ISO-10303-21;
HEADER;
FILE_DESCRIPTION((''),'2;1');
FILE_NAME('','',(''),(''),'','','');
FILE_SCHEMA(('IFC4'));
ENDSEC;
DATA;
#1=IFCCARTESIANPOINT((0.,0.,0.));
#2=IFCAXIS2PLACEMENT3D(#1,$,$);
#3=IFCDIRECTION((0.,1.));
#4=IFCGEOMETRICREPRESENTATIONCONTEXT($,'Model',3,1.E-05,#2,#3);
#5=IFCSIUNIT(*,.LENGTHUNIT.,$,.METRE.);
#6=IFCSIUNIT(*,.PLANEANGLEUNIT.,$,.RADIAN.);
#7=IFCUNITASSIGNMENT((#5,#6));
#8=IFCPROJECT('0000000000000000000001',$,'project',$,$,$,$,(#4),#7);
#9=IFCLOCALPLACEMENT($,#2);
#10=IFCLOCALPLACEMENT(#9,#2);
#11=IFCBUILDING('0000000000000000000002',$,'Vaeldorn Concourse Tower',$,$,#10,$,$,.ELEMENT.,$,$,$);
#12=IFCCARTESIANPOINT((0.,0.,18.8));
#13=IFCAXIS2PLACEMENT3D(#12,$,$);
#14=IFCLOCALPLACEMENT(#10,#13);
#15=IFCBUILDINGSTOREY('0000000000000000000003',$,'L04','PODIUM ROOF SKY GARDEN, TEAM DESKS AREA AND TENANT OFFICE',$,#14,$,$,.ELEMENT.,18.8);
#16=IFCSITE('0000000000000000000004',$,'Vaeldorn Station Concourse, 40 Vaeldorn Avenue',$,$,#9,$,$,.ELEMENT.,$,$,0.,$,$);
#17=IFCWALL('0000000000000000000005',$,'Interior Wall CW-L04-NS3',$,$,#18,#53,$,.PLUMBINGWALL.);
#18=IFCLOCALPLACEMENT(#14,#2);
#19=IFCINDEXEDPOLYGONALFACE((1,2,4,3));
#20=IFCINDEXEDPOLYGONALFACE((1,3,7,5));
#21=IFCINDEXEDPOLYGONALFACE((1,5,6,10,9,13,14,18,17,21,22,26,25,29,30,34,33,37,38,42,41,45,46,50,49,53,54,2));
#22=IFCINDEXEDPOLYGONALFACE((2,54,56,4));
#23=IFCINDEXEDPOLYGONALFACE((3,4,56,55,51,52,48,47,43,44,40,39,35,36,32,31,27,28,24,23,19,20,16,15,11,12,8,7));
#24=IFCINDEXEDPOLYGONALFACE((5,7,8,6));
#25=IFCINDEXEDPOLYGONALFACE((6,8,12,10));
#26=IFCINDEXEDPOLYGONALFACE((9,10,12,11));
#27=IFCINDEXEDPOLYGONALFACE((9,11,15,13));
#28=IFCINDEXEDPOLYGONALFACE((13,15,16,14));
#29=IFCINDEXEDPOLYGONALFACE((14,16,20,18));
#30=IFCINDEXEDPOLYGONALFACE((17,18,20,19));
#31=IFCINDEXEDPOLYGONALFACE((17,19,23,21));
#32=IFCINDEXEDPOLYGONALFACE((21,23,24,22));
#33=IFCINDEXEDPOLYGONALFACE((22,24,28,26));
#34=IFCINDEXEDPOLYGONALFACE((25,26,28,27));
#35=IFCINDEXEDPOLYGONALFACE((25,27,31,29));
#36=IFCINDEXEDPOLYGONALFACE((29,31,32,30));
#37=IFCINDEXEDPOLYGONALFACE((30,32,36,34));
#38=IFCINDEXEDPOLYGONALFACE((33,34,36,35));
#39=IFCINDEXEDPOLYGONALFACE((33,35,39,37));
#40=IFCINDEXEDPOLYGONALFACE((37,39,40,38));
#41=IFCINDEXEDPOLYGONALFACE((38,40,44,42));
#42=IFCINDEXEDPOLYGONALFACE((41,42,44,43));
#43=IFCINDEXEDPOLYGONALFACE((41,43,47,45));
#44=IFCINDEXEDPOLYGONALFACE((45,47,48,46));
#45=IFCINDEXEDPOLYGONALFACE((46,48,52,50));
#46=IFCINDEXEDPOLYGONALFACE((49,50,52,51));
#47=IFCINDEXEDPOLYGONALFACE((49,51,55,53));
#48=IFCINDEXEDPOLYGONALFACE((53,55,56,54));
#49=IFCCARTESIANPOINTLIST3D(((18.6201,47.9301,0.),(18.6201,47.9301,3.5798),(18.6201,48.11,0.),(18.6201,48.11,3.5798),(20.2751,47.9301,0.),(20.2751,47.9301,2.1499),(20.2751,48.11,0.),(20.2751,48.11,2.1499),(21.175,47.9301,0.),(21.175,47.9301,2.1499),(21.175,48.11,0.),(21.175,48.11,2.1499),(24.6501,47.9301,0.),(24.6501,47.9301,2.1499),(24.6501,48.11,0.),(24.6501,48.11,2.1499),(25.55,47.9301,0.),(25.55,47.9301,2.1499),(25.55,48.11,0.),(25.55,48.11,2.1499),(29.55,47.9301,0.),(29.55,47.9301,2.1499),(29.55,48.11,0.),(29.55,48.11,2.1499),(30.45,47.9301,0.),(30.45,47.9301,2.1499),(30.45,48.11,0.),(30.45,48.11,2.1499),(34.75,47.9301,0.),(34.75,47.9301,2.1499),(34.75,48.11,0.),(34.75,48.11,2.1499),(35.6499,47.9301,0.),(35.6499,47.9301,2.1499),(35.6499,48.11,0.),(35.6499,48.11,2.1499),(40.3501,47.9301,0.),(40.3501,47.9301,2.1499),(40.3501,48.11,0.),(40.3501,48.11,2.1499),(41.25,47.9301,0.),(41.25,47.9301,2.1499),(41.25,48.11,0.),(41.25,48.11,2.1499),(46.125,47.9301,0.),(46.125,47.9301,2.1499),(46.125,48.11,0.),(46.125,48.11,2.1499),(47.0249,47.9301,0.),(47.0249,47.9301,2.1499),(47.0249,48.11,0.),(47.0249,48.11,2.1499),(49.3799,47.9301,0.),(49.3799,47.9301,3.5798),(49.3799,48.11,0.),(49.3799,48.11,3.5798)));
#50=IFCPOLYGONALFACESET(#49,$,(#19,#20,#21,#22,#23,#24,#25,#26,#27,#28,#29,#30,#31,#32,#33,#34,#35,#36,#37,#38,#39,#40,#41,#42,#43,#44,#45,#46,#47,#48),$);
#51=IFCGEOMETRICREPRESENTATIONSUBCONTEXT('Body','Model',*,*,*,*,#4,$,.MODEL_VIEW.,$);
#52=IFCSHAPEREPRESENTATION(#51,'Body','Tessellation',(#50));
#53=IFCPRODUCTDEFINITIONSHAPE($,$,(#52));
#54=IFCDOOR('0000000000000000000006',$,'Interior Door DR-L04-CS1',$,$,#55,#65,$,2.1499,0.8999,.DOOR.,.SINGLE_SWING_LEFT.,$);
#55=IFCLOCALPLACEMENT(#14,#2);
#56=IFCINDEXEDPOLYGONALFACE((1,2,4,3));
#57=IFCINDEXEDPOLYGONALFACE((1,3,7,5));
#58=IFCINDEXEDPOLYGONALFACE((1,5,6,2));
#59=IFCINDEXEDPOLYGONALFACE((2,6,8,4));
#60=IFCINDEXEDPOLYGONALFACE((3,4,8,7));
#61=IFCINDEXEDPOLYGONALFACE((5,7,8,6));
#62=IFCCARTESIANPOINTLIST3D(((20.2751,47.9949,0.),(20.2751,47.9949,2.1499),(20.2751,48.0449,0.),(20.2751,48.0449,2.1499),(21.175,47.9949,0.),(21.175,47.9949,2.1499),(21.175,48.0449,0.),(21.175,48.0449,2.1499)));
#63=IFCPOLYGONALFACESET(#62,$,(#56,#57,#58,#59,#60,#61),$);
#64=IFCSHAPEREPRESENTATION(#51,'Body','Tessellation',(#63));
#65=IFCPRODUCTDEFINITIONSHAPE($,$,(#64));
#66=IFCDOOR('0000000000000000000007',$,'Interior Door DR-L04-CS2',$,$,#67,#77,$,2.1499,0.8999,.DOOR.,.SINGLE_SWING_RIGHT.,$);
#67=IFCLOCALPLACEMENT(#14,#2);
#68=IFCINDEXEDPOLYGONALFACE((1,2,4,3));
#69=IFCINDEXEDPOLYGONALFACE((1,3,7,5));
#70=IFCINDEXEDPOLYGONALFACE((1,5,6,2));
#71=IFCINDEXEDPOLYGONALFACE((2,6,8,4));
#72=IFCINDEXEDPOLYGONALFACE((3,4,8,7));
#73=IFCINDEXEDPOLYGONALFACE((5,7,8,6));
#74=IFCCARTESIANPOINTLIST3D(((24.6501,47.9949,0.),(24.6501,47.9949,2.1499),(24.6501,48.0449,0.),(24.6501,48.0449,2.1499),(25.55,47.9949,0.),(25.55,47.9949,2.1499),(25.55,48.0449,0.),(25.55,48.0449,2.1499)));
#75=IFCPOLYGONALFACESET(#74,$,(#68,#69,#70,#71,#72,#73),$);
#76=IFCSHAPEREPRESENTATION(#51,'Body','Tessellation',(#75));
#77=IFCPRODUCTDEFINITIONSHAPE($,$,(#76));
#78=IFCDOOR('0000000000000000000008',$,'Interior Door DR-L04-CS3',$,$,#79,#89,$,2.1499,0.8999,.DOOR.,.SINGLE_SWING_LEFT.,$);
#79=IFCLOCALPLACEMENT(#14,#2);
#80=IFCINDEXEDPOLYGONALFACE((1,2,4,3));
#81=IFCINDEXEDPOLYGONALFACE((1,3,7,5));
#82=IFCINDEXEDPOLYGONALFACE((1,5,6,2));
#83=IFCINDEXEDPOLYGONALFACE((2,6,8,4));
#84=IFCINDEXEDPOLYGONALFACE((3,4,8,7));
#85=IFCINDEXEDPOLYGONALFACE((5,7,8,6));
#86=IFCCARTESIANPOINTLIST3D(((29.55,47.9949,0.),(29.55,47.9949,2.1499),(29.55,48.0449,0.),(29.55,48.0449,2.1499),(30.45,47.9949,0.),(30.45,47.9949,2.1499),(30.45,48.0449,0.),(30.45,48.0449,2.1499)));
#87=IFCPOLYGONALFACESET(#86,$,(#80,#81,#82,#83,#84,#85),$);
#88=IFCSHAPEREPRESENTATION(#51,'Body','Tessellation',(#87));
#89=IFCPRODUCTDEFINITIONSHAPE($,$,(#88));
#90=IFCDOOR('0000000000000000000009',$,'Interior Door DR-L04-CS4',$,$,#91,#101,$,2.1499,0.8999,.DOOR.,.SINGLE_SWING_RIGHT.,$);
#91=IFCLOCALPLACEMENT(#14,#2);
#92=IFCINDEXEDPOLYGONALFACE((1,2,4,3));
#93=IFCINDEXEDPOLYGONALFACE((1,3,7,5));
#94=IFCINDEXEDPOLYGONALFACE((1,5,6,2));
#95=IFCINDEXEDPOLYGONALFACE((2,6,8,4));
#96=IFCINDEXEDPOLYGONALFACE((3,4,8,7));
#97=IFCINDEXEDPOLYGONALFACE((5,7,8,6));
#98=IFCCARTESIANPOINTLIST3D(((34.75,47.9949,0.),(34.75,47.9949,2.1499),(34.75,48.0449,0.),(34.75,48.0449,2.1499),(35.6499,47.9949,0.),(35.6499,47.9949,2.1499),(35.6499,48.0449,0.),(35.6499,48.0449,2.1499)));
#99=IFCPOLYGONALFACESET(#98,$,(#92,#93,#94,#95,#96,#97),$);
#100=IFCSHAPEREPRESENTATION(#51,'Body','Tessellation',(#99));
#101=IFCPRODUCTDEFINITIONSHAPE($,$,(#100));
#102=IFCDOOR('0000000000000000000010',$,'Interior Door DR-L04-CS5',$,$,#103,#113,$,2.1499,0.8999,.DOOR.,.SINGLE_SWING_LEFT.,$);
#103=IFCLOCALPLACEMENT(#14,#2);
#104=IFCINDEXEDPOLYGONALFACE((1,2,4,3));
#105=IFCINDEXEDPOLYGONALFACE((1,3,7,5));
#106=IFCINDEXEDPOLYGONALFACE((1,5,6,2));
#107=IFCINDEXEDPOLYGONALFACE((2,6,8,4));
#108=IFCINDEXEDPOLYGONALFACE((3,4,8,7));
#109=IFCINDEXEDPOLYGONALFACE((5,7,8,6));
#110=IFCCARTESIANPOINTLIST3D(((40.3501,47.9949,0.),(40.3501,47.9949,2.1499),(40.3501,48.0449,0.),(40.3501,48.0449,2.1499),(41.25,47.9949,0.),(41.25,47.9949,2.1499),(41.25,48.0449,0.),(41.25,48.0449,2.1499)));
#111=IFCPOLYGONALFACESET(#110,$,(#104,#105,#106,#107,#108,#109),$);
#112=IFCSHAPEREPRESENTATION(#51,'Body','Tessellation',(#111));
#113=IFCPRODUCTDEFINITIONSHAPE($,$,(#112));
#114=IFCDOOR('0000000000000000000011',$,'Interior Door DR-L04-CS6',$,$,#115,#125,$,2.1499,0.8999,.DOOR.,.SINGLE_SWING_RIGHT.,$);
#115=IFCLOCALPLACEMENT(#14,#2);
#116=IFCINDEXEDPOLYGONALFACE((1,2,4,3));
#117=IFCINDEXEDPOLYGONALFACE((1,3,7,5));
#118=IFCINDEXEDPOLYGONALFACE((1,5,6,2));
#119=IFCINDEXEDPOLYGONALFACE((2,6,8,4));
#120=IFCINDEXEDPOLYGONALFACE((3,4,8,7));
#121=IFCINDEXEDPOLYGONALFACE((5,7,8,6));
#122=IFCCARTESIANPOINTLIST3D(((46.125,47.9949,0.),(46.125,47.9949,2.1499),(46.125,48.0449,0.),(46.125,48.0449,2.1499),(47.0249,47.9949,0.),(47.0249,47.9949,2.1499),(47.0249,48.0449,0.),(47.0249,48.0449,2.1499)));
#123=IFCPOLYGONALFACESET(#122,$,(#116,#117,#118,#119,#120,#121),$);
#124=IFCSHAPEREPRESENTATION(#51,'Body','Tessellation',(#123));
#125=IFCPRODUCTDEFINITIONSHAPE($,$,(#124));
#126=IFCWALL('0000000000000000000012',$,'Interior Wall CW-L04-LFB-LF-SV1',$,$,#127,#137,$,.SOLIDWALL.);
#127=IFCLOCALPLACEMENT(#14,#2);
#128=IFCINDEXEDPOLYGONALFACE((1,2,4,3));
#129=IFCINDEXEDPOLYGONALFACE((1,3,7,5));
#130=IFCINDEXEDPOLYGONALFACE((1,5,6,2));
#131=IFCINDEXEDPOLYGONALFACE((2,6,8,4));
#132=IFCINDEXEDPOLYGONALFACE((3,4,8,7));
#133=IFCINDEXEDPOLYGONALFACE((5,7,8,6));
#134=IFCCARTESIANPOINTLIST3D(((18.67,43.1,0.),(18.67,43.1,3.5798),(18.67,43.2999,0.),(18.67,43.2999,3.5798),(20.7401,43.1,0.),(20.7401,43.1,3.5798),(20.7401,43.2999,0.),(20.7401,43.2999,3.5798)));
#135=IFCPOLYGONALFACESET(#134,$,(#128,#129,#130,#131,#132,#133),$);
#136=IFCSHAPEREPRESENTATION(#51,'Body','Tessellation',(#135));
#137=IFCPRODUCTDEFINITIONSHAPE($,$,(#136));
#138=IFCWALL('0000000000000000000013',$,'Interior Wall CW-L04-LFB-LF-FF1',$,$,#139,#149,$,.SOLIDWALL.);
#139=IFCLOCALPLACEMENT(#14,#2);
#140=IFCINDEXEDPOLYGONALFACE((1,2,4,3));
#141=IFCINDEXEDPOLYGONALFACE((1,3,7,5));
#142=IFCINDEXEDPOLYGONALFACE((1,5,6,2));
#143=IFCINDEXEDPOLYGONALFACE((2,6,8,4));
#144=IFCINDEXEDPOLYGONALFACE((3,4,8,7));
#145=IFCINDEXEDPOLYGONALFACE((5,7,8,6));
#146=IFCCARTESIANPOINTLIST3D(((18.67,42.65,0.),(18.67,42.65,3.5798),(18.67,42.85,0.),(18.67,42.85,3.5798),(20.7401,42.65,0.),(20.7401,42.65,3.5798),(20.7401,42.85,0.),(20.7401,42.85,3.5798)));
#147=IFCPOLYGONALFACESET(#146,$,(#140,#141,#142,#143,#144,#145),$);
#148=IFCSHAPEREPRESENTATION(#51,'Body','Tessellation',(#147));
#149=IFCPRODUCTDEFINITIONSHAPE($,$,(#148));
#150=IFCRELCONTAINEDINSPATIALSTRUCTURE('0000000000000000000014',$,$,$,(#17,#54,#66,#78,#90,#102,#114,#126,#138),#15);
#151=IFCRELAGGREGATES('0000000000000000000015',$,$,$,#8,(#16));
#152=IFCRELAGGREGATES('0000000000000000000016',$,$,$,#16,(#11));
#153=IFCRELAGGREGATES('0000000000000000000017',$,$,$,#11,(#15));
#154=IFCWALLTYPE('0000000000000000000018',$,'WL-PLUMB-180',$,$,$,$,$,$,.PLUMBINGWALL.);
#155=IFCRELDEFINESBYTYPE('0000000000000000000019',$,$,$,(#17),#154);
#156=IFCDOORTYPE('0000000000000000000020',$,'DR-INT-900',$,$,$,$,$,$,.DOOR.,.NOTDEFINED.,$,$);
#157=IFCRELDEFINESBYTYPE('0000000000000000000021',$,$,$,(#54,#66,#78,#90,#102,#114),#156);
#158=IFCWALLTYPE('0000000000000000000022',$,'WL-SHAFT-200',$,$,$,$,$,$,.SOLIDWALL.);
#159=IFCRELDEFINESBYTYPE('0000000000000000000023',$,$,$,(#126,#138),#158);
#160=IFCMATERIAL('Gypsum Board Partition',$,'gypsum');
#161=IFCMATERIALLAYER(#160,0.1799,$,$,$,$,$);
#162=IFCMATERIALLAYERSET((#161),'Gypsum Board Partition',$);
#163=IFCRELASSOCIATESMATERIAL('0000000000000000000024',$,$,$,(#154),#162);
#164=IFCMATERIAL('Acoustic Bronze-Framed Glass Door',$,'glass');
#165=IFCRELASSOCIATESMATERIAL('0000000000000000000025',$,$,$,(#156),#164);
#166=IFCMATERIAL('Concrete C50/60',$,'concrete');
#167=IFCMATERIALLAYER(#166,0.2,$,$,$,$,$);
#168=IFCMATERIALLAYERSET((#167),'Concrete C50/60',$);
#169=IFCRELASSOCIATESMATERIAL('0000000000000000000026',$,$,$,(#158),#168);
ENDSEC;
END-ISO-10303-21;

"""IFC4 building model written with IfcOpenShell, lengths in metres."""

from ifc_helpers import new_model, si_unit, direction, frame, frame_2d, origin, place, context, subcontext, project, spatial, rectangle, extrude, source, transform, mapped, material, layer, layer_set, type_object, element, fill, save


model = new_model("IFC4")

# Units and contexts
model_context = context("Model", 3, precision=1e-05, world=origin(), true_north=direction((0.0, 1.0)))
body_context = subcontext(model_context, "Body", "Model", "MODEL_VIEW")
ifc_project = project(units=[si_unit("LENGTHUNIT", "METRE"), si_unit("PLANEANGLEUNIT", "RADIAN")], contexts=[model_context])

# Site, building, storey
site_placement = place(None, origin())
site = spatial("IfcSite", under=ifc_project, at=site_placement, Name="Vaeldorn Station Concourse, 40 Vaeldorn Avenue", CompositionType="ELEMENT", RefElevation=0.0)
building_placement = place(site_placement, origin())
building = spatial("IfcBuilding", under=site, at=building_placement, Name="Vaeldorn Concourse Tower", CompositionType="ELEMENT")
storey_placement = place(building_placement, frame((0.0, 0.0, 18.8)))
storey = spatial("IfcBuildingStorey", under=building, at=storey_placement, Name="L04", Description="PODIUM ROOF SKY GARDEN, TEAM DESKS AREA AND TENANT OFFICE", CompositionType="ELEMENT", Elevation=18.8)

# Wall, openings, doors
ifc_material_1 = material(Name="Gypsum Board Partition", Category="gypsum")
ifc_layer_1 = layer(ifc_material_1, 0.1799)
ifc_layer_set_1 = layer_set([ifc_layer_1], Name="Gypsum Board Partition")
wall_type_1 = type_object("IfcWallType", Name="WL-PLUMB-180", PredefinedType="PLUMBINGWALL", material=ifc_layer_set_1)
wall_1_placement = place(storey_placement, frame((18.6201, 48.02, 0.0), z_axis=(0.0, 0.0, 1.0), x_axis=(1.0, 0.0, 0.0)))
wall_1 = element("IfcWall", 1, at=wall_1_placement, inside=storey, type_object=wall_type_1, Name="Interior Wall CW-L04-NS3", PredefinedType="PLUMBINGWALL", context=body_context, shape_type="SweptSolid", body=[
    extrude(rectangle(XDim=30.7598, YDim=0.1799, at=frame_2d((15.3799, 0.0))), origin(), (0.0, 0.0, 1.0), 3.5798),
])
opening_1_placement = place(wall_1_placement, frame((1.655, 0.0, 0.0)))
opening_1 = element("IfcOpeningElement", 2, at=opening_1_placement, cuts=wall_1, PredefinedType="OPENING", context=body_context, shape_type="SweptSolid", body=[
    extrude(rectangle(XDim=0.8999, YDim=2.1499, at=frame_2d((0.45, 1.075))), frame((0.0, 0.1001, 0.0), z_axis=(0.0, -1.0, 0.0), x_axis=(1.0, 0.0, 0.0)), (0.0, 0.0, 1.0), 0.2),
])
opening_2_placement = place(wall_1_placement, frame((6.03, 0.0, 0.0)))
opening_2 = element("IfcOpeningElement", 3, at=opening_2_placement, cuts=wall_1, PredefinedType="OPENING", context=body_context, shape_type="SweptSolid", body=[
    extrude(rectangle(XDim=0.8999, YDim=2.1499, at=frame_2d((0.45, 1.075))), frame((0.0, 0.1001, 0.0), z_axis=(0.0, -1.0, 0.0), x_axis=(1.0, 0.0, 0.0)), (0.0, 0.0, 1.0), 0.2),
])
opening_3_placement = place(wall_1_placement, frame((10.9299, 0.0, 0.0)))
opening_3 = element("IfcOpeningElement", 4, at=opening_3_placement, cuts=wall_1, PredefinedType="OPENING", context=body_context, shape_type="SweptSolid", body=[
    extrude(rectangle(XDim=0.8999, YDim=2.1499, at=frame_2d((0.45, 1.075))), frame((0.0, 0.1001, 0.0), z_axis=(0.0, -1.0, 0.0), x_axis=(1.0, 0.0, 0.0)), (0.0, 0.0, 1.0), 0.2),
])
opening_4_placement = place(wall_1_placement, frame((16.1299, 0.0, 0.0)))
opening_4 = element("IfcOpeningElement", 5, at=opening_4_placement, cuts=wall_1, PredefinedType="OPENING", context=body_context, shape_type="SweptSolid", body=[
    extrude(rectangle(XDim=0.8999, YDim=2.1499, at=frame_2d((0.45, 1.075))), frame((0.0, 0.1001, 0.0), z_axis=(0.0, -1.0, 0.0), x_axis=(1.0, 0.0, 0.0)), (0.0, 0.0, 1.0), 0.2),
])
opening_5_placement = place(wall_1_placement, frame((21.73, 0.0, 0.0)))
opening_5 = element("IfcOpeningElement", 6, at=opening_5_placement, cuts=wall_1, PredefinedType="OPENING", context=body_context, shape_type="SweptSolid", body=[
    extrude(rectangle(XDim=0.8999, YDim=2.1499, at=frame_2d((0.45, 1.075))), frame((0.0, 0.1001, 0.0), z_axis=(0.0, -1.0, 0.0), x_axis=(1.0, 0.0, 0.0)), (0.0, 0.0, 1.0), 0.2),
])
opening_6_placement = place(wall_1_placement, frame((27.5049, 0.0, 0.0)))
opening_6 = element("IfcOpeningElement", 7, at=opening_6_placement, cuts=wall_1, PredefinedType="OPENING", context=body_context, shape_type="SweptSolid", body=[
    extrude(rectangle(XDim=0.8999, YDim=2.1499, at=frame_2d((0.45, 1.075))), frame((0.0, 0.1001, 0.0), z_axis=(0.0, -1.0, 0.0), x_axis=(1.0, 0.0, 0.0)), (0.0, 0.0, 1.0), 0.2),
])
ifc_material_2 = material(Name="Acoustic Bronze-Framed Glass Door", Category="glass")
door_type_1 = type_object("IfcDoorType", Name="DR-INT-900", OperationType="NOTDEFINED", PredefinedType="DOOR", material=ifc_material_2)
shared_shape_1 = source(origin(), body_context, "Body", "SweptSolid", [
    extrude(rectangle(XDim=0.8999, YDim=2.1499, at=frame_2d((0.45, 1.075))), frame((0.0, 0.0249, 0.0), z_axis=(0.0, -1.0, 0.0), x_axis=(1.0, 0.0, 0.0)), (0.0, 0.0, 1.0), 0.05),
])
door_1_placement = place(opening_1_placement, origin())
door_1 = element("IfcDoor", 8, at=door_1_placement, inside=storey, type_object=door_type_1, Name="Interior Door DR-L04-CS1", OperationType="SINGLE_SWING_LEFT", OverallHeight=2.1499, OverallWidth=0.8999, PredefinedType="DOOR", context=body_context, shape_type="MappedRepresentation", body=[
    mapped(shared_shape_1, transform((0.0, 0.0, 0.0), scale=1.0)),
])
fill(opening_1, door_1)
door_2_placement = place(opening_2_placement, origin())
door_2 = element("IfcDoor", 9, at=door_2_placement, inside=storey, type_object=door_type_1, Name="Interior Door DR-L04-CS2", OperationType="SINGLE_SWING_RIGHT", OverallHeight=2.1499, OverallWidth=0.8999, PredefinedType="DOOR", context=body_context, shape_type="MappedRepresentation", body=[
    mapped(shared_shape_1, transform((0.0, 0.0, 0.0), scale=1.0)),
])
fill(opening_2, door_2)
door_3_placement = place(opening_3_placement, origin())
door_3 = element("IfcDoor", 10, at=door_3_placement, inside=storey, type_object=door_type_1, Name="Interior Door DR-L04-CS3", OperationType="SINGLE_SWING_LEFT", OverallHeight=2.1499, OverallWidth=0.8999, PredefinedType="DOOR", context=body_context, shape_type="MappedRepresentation", body=[
    mapped(shared_shape_1, transform((0.0, 0.0, 0.0), scale=1.0)),
])
fill(opening_3, door_3)
door_4_placement = place(opening_4_placement, origin())
door_4 = element("IfcDoor", 11, at=door_4_placement, inside=storey, type_object=door_type_1, Name="Interior Door DR-L04-CS4", OperationType="SINGLE_SWING_RIGHT", OverallHeight=2.1499, OverallWidth=0.8999, PredefinedType="DOOR", context=body_context, shape_type="MappedRepresentation", body=[
    mapped(shared_shape_1, transform((0.0, 0.0, 0.0), scale=1.0)),
])
fill(opening_4, door_4)
door_5_placement = place(opening_5_placement, origin())
door_5 = element("IfcDoor", 12, at=door_5_placement, inside=storey, type_object=door_type_1, Name="Interior Door DR-L04-CS5", OperationType="SINGLE_SWING_LEFT", OverallHeight=2.1499, OverallWidth=0.8999, PredefinedType="DOOR", context=body_context, shape_type="MappedRepresentation", body=[
    mapped(shared_shape_1, transform((0.0, 0.0, 0.0), scale=1.0)),
])
fill(opening_5, door_5)
door_6_placement = place(opening_6_placement, origin())
door_6 = element("IfcDoor", 13, at=door_6_placement, inside=storey, type_object=door_type_1, Name="Interior Door DR-L04-CS6", OperationType="SINGLE_SWING_RIGHT", OverallHeight=2.1499, OverallWidth=0.8999, PredefinedType="DOOR", context=body_context, shape_type="MappedRepresentation", body=[
    mapped(shared_shape_1, transform((0.0, 0.0, 0.0), scale=1.0)),
])
fill(opening_6, door_6)

# Shared definitions
ifc_material_3 = material(Name="Concrete C50/60", Category="concrete")
ifc_layer_2 = layer(ifc_material_3, 0.2)
ifc_layer_set_2 = layer_set([ifc_layer_2], Name="Concrete C50/60")
wall_type_2 = type_object("IfcWallType", Name="WL-SHAFT-200", PredefinedType="SOLIDWALL", material=ifc_layer_set_2)

# Walls
for number, where, z_axis, x_axis, name in (
    (14, (18.6699, 43.2, 0.0), (0.0, 0.0, 1.0), (1.0, 0.0, 0.0), "Interior Wall CW-L04-LFB-LF-SV1"),
    (15, (18.6699, 42.75, 0.0), (0.0, 0.0, 1.0), (1.0, 0.0, 0.0), "Interior Wall CW-L04-LFB-LF-FF1"),
):
    element("IfcWall", number, at=place(storey_placement, frame(where, z_axis=z_axis, x_axis=x_axis)), inside=storey, type_object=wall_type_2, Name=name, PredefinedType="SOLIDWALL", context=body_context, shape_type="SweptSolid", body=[
        extrude(rectangle(XDim=2.0701, YDim=0.2, at=frame_2d((1.0352, 0.0))), origin(), (0.0, 0.0, 1.0), 3.5798),
    ])

save(model, "model.ifc")
